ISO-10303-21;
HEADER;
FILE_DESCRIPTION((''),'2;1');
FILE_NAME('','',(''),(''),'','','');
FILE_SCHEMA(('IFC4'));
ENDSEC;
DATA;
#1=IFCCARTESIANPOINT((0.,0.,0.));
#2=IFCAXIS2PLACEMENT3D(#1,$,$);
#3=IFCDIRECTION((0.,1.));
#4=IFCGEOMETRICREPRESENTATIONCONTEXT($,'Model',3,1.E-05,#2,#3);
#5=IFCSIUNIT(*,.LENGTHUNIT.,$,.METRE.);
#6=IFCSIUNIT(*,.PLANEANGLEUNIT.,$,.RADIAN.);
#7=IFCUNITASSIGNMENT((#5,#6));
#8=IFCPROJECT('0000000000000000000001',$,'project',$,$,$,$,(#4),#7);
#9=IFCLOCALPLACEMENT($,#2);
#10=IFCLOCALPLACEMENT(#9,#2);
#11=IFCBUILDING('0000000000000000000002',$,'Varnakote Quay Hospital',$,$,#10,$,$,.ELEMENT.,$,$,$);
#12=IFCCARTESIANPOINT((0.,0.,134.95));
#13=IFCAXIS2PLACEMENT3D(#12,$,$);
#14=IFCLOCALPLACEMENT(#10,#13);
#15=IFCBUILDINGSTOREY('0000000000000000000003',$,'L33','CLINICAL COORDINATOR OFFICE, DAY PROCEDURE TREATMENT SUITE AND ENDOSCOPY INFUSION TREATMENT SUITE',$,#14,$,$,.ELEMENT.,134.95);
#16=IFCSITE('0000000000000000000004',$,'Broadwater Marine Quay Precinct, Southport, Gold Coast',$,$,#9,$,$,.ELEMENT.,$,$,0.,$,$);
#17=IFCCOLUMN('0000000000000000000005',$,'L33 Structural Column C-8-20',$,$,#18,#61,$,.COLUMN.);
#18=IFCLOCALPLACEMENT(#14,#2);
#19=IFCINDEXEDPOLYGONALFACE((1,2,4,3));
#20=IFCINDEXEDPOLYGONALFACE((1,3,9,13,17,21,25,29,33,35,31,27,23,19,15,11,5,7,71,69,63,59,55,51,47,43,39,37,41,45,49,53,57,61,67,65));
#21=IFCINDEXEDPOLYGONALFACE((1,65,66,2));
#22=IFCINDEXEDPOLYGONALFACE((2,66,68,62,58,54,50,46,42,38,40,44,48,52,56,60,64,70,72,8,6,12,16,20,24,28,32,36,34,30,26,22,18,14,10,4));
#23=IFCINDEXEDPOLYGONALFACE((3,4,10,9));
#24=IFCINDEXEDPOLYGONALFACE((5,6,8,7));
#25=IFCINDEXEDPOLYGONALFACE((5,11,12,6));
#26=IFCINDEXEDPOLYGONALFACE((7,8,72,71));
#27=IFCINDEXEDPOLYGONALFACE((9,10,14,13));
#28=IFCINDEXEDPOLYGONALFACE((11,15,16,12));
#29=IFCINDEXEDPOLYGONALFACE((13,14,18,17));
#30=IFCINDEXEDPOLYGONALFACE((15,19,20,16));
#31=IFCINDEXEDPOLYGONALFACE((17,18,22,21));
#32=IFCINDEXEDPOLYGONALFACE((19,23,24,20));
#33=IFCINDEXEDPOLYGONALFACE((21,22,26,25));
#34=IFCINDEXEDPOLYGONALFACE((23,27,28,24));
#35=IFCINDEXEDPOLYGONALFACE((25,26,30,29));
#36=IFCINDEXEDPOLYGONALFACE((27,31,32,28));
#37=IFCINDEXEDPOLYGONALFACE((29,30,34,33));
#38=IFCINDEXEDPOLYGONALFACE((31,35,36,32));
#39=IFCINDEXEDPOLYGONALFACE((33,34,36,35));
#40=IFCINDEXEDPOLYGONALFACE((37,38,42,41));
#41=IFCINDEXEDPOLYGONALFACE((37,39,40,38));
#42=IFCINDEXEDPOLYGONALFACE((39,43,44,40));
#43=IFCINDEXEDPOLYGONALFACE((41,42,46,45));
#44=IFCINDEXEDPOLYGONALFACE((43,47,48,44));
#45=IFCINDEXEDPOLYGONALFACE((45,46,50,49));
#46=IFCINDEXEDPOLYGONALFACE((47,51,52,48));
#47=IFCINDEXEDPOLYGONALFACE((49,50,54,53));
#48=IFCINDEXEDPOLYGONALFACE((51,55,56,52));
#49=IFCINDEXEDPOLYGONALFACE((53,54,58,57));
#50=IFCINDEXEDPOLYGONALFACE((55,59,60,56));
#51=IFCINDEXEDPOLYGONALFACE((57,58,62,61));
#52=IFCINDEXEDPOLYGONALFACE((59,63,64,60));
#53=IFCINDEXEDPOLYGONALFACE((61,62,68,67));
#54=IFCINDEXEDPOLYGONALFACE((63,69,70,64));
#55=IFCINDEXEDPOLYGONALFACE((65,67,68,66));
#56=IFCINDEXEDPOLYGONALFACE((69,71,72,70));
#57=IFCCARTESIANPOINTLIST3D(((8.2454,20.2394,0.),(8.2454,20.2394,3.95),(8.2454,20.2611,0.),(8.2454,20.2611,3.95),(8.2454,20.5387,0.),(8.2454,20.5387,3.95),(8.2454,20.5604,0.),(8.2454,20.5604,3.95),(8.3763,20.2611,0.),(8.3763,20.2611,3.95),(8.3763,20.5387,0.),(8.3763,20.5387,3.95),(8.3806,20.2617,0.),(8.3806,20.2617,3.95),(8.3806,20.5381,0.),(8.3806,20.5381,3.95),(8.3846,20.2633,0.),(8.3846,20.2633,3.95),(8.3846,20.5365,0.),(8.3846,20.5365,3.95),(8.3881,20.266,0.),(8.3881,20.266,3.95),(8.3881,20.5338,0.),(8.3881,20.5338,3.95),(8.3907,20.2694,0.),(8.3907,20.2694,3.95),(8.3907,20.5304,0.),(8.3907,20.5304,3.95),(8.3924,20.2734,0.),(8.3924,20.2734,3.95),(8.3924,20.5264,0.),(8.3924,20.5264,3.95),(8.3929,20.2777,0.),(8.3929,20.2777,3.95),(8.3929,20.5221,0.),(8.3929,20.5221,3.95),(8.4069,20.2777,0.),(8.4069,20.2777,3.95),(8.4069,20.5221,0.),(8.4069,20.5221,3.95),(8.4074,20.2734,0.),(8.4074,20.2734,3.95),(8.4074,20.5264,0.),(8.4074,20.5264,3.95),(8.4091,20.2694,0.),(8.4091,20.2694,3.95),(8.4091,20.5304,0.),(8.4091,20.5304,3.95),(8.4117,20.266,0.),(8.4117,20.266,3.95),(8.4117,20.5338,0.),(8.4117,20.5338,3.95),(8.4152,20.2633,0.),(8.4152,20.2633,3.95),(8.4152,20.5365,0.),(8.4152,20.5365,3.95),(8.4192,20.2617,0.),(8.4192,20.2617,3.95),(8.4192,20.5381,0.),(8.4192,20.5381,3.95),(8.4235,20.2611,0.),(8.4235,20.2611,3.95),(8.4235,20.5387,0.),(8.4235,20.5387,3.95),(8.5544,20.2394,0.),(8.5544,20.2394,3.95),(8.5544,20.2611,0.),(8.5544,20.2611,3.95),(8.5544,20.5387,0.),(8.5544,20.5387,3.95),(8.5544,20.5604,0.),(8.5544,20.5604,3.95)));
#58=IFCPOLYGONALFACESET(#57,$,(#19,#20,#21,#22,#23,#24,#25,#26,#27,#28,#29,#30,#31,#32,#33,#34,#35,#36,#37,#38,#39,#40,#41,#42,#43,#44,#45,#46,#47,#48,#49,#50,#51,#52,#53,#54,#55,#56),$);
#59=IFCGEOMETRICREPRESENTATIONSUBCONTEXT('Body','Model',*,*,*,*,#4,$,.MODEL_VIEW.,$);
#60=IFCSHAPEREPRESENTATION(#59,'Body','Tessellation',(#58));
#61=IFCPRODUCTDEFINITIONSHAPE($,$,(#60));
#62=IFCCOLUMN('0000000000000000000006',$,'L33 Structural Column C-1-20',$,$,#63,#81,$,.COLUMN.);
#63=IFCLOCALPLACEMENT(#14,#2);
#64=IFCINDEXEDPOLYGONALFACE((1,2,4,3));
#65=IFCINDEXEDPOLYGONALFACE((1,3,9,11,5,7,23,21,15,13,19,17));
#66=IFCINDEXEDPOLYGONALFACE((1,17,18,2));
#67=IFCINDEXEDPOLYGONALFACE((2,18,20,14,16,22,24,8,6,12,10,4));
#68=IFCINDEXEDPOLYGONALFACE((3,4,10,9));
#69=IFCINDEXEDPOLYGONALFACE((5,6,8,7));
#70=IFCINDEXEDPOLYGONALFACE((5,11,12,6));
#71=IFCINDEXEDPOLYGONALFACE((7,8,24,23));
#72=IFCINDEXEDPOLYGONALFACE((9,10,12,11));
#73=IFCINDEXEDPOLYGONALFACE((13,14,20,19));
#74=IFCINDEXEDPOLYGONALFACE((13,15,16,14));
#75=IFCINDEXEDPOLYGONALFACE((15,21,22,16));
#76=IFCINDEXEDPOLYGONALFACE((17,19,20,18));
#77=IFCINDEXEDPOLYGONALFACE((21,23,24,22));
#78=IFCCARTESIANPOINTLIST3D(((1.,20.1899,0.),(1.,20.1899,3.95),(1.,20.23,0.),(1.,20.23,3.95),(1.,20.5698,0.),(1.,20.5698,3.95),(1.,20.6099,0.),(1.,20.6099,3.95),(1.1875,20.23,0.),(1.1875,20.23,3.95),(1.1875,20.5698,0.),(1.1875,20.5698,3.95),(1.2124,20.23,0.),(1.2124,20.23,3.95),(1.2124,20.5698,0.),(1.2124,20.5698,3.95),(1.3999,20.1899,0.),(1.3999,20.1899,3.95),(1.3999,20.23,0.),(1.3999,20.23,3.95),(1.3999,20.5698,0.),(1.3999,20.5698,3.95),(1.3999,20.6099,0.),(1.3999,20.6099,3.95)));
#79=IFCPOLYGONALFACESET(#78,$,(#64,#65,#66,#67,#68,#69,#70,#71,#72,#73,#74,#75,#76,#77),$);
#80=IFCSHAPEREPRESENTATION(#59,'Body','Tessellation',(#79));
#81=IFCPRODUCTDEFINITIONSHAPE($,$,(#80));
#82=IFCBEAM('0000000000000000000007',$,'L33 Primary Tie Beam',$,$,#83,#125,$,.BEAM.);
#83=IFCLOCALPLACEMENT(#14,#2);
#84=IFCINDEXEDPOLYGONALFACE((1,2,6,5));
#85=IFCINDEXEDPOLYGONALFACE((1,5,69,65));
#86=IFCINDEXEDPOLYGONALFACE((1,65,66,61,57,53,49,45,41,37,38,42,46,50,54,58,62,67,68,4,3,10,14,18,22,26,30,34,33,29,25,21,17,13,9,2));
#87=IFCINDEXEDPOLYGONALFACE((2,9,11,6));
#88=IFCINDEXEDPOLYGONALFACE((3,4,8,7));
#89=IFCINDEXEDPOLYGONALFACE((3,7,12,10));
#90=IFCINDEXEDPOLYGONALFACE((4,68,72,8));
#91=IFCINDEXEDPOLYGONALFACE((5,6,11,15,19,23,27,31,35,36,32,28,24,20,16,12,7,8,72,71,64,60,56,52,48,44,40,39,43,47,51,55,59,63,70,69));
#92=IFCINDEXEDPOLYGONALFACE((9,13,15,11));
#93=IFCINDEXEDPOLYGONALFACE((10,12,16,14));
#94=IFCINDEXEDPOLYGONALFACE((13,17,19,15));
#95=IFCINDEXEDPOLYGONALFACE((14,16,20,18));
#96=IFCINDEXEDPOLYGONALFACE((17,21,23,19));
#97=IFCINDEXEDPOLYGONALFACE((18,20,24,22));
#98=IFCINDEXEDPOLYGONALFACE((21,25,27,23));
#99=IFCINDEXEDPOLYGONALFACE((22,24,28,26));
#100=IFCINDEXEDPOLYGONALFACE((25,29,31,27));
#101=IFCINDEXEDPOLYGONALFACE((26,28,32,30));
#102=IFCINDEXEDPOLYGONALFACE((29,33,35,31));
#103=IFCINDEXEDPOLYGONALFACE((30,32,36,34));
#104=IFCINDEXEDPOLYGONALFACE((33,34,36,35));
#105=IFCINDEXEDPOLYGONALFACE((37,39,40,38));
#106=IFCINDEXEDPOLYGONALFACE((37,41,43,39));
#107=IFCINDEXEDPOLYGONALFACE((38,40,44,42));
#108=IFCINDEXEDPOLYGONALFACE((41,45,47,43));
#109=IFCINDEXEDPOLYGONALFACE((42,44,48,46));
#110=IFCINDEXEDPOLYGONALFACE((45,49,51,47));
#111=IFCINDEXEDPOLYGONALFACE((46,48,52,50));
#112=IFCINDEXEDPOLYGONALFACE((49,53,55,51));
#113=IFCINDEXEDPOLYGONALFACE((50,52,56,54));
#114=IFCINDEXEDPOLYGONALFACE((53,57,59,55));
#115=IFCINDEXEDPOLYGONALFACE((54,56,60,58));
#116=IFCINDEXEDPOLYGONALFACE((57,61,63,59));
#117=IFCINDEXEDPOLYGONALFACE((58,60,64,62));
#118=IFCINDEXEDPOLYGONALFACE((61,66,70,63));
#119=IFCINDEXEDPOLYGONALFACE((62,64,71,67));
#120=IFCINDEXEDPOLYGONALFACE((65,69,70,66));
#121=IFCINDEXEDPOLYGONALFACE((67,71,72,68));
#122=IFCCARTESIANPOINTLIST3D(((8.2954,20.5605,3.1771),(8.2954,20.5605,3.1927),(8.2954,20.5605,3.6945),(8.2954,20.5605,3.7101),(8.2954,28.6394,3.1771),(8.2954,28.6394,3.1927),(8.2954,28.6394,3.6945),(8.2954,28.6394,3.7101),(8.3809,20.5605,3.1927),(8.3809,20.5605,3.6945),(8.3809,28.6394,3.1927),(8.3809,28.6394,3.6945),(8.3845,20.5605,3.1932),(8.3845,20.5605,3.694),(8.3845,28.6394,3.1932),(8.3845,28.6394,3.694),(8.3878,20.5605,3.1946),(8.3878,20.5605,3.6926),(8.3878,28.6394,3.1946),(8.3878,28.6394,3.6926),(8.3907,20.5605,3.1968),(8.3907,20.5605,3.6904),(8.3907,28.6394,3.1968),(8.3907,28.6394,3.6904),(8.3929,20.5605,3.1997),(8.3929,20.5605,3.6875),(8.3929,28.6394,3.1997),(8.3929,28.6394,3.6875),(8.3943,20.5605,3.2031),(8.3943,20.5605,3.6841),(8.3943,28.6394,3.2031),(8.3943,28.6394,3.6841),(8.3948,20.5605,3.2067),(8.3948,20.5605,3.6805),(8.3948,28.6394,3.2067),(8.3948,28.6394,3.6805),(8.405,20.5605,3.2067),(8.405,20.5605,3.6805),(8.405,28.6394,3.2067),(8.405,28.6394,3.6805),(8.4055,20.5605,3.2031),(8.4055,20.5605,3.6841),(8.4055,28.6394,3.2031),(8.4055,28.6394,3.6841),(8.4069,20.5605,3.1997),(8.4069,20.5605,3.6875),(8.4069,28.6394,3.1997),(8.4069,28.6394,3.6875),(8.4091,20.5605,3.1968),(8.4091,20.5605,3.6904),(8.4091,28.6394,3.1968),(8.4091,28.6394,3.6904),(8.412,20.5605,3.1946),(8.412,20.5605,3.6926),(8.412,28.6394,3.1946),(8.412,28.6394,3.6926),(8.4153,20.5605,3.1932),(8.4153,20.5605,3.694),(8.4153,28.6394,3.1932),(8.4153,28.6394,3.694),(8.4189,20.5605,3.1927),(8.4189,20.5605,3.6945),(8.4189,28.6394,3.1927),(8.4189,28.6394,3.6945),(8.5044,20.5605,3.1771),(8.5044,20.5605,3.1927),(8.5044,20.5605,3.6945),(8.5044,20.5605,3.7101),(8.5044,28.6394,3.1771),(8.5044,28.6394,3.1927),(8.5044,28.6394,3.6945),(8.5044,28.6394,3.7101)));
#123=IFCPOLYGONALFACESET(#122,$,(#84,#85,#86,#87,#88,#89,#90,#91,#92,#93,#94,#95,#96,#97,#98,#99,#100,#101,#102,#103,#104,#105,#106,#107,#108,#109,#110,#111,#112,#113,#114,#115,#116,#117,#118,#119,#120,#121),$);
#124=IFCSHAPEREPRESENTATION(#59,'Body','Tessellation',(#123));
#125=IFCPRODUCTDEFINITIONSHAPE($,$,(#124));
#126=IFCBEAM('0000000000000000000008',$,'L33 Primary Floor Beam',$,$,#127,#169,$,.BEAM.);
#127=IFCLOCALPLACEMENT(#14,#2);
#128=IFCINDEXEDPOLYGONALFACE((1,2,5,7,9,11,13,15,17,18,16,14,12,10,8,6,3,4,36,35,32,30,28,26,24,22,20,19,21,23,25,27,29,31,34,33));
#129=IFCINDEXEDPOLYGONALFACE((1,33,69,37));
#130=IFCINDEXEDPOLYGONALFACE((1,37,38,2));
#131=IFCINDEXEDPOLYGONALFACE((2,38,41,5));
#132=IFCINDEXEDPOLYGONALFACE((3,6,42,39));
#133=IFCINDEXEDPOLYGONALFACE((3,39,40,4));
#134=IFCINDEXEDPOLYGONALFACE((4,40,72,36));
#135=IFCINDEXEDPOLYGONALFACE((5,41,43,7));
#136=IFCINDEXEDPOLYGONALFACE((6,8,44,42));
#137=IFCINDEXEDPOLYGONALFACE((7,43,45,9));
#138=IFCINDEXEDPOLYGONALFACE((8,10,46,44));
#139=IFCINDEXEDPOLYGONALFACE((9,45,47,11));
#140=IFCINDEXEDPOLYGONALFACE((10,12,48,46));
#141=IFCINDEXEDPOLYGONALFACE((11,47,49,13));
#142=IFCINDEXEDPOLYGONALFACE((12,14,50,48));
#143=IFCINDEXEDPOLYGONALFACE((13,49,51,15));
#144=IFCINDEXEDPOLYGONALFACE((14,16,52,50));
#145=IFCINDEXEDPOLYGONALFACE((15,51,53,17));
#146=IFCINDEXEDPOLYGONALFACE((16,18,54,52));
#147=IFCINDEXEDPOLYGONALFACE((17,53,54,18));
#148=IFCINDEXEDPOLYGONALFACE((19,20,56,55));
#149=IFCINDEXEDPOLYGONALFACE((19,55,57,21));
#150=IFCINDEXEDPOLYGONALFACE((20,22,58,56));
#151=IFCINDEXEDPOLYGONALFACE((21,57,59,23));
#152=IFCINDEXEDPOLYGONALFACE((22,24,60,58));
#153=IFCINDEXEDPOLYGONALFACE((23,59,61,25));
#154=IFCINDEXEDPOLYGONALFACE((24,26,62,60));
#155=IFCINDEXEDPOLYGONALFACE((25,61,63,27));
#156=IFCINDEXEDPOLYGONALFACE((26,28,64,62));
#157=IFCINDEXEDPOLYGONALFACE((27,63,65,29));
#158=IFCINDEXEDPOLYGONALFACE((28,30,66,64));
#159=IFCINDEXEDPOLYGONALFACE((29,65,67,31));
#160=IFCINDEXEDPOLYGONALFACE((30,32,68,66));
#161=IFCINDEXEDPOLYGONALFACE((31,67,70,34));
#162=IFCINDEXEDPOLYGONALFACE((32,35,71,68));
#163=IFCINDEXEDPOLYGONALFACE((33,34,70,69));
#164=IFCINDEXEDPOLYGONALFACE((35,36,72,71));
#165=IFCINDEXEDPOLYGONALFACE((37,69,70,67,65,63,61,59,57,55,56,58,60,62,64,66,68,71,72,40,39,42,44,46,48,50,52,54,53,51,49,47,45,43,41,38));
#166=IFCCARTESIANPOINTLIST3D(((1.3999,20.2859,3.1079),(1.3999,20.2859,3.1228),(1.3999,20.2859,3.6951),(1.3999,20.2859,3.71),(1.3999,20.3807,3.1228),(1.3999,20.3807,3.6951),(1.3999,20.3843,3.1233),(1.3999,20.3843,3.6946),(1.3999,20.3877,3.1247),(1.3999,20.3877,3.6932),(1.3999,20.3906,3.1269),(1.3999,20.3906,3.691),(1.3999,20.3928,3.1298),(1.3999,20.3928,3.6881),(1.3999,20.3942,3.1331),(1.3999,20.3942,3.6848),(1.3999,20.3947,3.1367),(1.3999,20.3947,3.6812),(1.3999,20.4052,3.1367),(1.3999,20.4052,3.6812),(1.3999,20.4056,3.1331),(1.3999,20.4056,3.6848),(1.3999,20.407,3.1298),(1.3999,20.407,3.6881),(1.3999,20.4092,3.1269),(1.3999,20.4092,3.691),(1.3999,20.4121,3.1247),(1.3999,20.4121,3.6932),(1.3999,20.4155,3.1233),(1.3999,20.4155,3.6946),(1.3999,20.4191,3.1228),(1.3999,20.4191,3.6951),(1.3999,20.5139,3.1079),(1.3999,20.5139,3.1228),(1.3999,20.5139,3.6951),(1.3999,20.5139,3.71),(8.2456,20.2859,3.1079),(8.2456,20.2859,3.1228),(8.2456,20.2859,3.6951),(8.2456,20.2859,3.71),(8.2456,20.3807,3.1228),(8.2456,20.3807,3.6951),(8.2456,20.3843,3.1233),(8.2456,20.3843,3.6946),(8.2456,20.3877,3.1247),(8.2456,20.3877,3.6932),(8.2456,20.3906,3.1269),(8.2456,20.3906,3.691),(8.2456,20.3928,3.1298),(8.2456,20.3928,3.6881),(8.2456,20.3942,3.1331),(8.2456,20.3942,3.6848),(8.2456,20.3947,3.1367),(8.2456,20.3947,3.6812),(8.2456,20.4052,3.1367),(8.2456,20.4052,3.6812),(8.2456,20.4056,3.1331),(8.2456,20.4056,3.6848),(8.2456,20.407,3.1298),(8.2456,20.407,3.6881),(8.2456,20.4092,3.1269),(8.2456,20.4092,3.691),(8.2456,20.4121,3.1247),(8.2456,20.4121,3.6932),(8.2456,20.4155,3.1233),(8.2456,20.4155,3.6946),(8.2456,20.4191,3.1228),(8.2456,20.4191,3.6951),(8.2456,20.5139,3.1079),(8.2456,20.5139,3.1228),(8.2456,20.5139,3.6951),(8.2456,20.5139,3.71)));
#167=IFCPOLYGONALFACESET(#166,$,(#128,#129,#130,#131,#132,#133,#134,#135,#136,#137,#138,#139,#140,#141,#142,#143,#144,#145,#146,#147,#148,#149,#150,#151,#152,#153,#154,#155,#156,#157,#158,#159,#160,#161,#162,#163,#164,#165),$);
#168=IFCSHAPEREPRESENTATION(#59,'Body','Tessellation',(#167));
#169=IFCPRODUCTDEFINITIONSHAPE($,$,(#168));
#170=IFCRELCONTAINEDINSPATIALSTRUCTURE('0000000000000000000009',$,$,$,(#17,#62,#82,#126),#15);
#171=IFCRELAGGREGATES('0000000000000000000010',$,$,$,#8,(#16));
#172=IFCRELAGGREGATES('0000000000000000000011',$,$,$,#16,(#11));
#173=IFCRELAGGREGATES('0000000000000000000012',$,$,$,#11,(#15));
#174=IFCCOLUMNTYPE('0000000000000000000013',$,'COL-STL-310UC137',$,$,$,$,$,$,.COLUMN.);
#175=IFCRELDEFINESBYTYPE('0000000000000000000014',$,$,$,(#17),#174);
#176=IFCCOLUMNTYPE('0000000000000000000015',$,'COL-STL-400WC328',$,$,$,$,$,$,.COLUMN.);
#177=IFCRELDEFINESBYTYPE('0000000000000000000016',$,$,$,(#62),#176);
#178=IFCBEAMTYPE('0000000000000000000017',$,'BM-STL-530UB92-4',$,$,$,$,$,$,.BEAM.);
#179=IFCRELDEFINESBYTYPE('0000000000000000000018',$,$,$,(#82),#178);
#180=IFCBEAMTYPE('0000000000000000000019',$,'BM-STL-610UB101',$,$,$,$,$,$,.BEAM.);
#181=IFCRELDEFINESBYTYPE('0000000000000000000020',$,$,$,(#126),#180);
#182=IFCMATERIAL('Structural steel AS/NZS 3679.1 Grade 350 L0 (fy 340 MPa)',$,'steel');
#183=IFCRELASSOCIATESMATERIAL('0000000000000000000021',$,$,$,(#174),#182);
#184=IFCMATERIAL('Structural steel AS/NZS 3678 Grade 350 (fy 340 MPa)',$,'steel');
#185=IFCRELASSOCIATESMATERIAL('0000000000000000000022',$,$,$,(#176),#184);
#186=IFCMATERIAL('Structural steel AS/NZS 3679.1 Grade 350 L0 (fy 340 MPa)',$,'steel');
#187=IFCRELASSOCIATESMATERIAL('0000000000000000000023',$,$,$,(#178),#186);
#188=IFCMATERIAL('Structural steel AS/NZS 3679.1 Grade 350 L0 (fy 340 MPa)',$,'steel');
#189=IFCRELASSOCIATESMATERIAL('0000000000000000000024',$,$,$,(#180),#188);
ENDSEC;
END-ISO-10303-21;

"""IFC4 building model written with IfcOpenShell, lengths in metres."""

from ifc_helpers import new_model, si_unit, direction, frame, origin, origin_2d, place, context, subcontext, project, spatial, i_section, extrude, material, material_profile, profile_set, type_object, element, save


model = new_model("IFC4")

# Units and contexts
model_context = context("Model", 3, precision=1e-05, world=origin(), true_north=direction((0.0, 1.0)))
body_context = subcontext(model_context, "Body", "Model", "MODEL_VIEW")
ifc_project = project(units=[si_unit("LENGTHUNIT", "METRE"), si_unit("PLANEANGLEUNIT", "RADIAN")], contexts=[model_context])

# Site, building, storey
site_placement = place(None, origin())
site = spatial("IfcSite", under=ifc_project, at=site_placement, Name="Broadwater Marine Quay Precinct, Southport, Gold Coast", CompositionType="ELEMENT", RefElevation=0.0)
building_placement = place(site_placement, origin())
building = spatial("IfcBuilding", under=site, at=building_placement, Name="Varnakote Quay Hospital", CompositionType="ELEMENT")
storey_placement = place(building_placement, frame((0.0, 0.0, 134.95)))
storey = spatial("IfcBuildingStorey", under=building, at=storey_placement, Name="L33", Description="CLINICAL COORDINATOR OFFICE, DAY PROCEDURE TREATMENT SUITE AND ENDOSCOPY INFUSION TREATMENT SUITE", CompositionType="ELEMENT", Elevation=134.95)

# Columns
ifc_material_1 = material(Name="Structural steel AS/NZS 3679.1 Grade 350 L0 (fy 340 MPa)", Category="steel")
ifc_material_profile_1 = material_profile(ifc_material_1, i_section(OverallWidth=0.3091, OverallDepth=0.321, WebThickness=0.0139, FlangeThickness=0.0217, FilletRadius=0.0166, at=origin_2d()), Name="310UC137")
ifc_profile_set_1 = profile_set([ifc_material_profile_1], Name="Structural steel AS/NZS 3679.1 Grade 350 L0 (fy 340 MPa)")
column_type_1 = type_object("IfcColumnType", Name="COL-STL-310UC137", PredefinedType="COLUMN", material=ifc_profile_set_1)
column_1_placement = place(storey_placement, frame((8.3999, 20.3999, 0.0), z_axis=(0.0, 0.0, 1.0), x_axis=(1.0, 0.0, 0.0)))
element("IfcColumn", 1, at=column_1_placement, inside=storey, type_object=column_type_1, Name="L33 Structural Column C-8-20", PredefinedType="COLUMN", context=body_context, shape_type="SweptSolid", body=[
    extrude(i_section(OverallWidth=0.3091, OverallDepth=0.321, WebThickness=0.0139, FlangeThickness=0.0217, FilletRadius=0.0166, at=origin_2d()), origin(), (0.0, 0.0, 1.0), 3.95),
])
ifc_material_2 = material(Name="Structural steel AS/NZS 3678 Grade 350 (fy 340 MPa)", Category="steel")
ifc_material_profile_2 = material_profile(ifc_material_2, i_section(OverallWidth=0.3999, OverallDepth=0.4199, WebThickness=0.0249, FlangeThickness=0.04, at=origin_2d()), Name="400WC328")
ifc_profile_set_2 = profile_set([ifc_material_profile_2], Name="Structural steel AS/NZS 3678 Grade 350 (fy 340 MPa)")
column_type_2 = type_object("IfcColumnType", Name="COL-STL-400WC328", PredefinedType="COLUMN", material=ifc_profile_set_2)
column_2_placement = place(storey_placement, frame((1.2, 20.3999, 0.0), z_axis=(0.0, 0.0, 1.0), x_axis=(1.0, 0.0, 0.0)))
element("IfcColumn", 2, at=column_2_placement, inside=storey, type_object=column_type_2, Name="L33 Structural Column C-1-20", PredefinedType="COLUMN", context=body_context, shape_type="SweptSolid", body=[
    extrude(i_section(OverallWidth=0.3999, OverallDepth=0.4199, WebThickness=0.0249, FlangeThickness=0.04, at=origin_2d()), origin(), (0.0, 0.0, 1.0), 3.95),
])

# Beams
ifc_material_3 = material(Name="Structural steel AS/NZS 3679.1 Grade 350 L0 (fy 340 MPa)", Category="steel")
ifc_material_profile_3 = material_profile(ifc_material_3, i_section(OverallWidth=0.209, OverallDepth=0.533, WebThickness=0.0103, FlangeThickness=0.0156, FilletRadius=0.0139, at=origin_2d()), Name="530UB92.4")
ifc_profile_set_3 = profile_set([ifc_material_profile_3], Name="Structural steel AS/NZS 3679.1 Grade 350 L0 (fy 340 MPa)")
beam_type_1 = type_object("IfcBeamType", Name="BM-STL-530UB92-4", PredefinedType="BEAM", material=ifc_profile_set_3)
beam_1_placement = place(storey_placement, frame((8.3999, 20.5605, 3.4436), z_axis=(0.0, 1.0, 0.0), x_axis=(-1.0, 0.0, 0.0)))
element("IfcBeam", 3, at=beam_1_placement, inside=storey, type_object=beam_type_1, Name="L33 Primary Tie Beam", PredefinedType="BEAM", context=body_context, shape_type="SweptSolid", body=[
    extrude(i_section(OverallWidth=0.209, OverallDepth=0.533, WebThickness=0.0103, FlangeThickness=0.0156, FilletRadius=0.0139, at=origin_2d()), origin(), (0.0, 0.0, 1.0), 8.0789),
])
ifc_material_4 = material(Name="Structural steel AS/NZS 3679.1 Grade 350 L0 (fy 340 MPa)", Category="steel")
ifc_material_profile_4 = material_profile(ifc_material_4, i_section(OverallWidth=0.228, OverallDepth=0.6021, WebThickness=0.0105, FlangeThickness=0.0149, FilletRadius=0.0139, at=origin_2d()), Name="610UB101")
ifc_profile_set_4 = profile_set([ifc_material_profile_4], Name="Structural steel AS/NZS 3679.1 Grade 350 L0 (fy 340 MPa)")
beam_type_2 = type_object("IfcBeamType", Name="BM-STL-610UB101", PredefinedType="BEAM", material=ifc_profile_set_4)
beam_2_placement = place(storey_placement, frame((1.3999, 20.3999, 3.4089), z_axis=(1.0, 0.0, 0.0), x_axis=(0.0, 1.0, 0.0)))
element("IfcBeam", 4, at=beam_2_placement, inside=storey, type_object=beam_type_2, Name="L33 Primary Floor Beam", PredefinedType="BEAM", context=body_context, shape_type="SweptSolid", body=[
    extrude(i_section(OverallWidth=0.228, OverallDepth=0.6021, WebThickness=0.0105, FlangeThickness=0.0149, FilletRadius=0.0139, at=origin_2d()), origin(), (0.0, 0.0, 1.0), 6.8457),
])

save(model, "model.ifc")
